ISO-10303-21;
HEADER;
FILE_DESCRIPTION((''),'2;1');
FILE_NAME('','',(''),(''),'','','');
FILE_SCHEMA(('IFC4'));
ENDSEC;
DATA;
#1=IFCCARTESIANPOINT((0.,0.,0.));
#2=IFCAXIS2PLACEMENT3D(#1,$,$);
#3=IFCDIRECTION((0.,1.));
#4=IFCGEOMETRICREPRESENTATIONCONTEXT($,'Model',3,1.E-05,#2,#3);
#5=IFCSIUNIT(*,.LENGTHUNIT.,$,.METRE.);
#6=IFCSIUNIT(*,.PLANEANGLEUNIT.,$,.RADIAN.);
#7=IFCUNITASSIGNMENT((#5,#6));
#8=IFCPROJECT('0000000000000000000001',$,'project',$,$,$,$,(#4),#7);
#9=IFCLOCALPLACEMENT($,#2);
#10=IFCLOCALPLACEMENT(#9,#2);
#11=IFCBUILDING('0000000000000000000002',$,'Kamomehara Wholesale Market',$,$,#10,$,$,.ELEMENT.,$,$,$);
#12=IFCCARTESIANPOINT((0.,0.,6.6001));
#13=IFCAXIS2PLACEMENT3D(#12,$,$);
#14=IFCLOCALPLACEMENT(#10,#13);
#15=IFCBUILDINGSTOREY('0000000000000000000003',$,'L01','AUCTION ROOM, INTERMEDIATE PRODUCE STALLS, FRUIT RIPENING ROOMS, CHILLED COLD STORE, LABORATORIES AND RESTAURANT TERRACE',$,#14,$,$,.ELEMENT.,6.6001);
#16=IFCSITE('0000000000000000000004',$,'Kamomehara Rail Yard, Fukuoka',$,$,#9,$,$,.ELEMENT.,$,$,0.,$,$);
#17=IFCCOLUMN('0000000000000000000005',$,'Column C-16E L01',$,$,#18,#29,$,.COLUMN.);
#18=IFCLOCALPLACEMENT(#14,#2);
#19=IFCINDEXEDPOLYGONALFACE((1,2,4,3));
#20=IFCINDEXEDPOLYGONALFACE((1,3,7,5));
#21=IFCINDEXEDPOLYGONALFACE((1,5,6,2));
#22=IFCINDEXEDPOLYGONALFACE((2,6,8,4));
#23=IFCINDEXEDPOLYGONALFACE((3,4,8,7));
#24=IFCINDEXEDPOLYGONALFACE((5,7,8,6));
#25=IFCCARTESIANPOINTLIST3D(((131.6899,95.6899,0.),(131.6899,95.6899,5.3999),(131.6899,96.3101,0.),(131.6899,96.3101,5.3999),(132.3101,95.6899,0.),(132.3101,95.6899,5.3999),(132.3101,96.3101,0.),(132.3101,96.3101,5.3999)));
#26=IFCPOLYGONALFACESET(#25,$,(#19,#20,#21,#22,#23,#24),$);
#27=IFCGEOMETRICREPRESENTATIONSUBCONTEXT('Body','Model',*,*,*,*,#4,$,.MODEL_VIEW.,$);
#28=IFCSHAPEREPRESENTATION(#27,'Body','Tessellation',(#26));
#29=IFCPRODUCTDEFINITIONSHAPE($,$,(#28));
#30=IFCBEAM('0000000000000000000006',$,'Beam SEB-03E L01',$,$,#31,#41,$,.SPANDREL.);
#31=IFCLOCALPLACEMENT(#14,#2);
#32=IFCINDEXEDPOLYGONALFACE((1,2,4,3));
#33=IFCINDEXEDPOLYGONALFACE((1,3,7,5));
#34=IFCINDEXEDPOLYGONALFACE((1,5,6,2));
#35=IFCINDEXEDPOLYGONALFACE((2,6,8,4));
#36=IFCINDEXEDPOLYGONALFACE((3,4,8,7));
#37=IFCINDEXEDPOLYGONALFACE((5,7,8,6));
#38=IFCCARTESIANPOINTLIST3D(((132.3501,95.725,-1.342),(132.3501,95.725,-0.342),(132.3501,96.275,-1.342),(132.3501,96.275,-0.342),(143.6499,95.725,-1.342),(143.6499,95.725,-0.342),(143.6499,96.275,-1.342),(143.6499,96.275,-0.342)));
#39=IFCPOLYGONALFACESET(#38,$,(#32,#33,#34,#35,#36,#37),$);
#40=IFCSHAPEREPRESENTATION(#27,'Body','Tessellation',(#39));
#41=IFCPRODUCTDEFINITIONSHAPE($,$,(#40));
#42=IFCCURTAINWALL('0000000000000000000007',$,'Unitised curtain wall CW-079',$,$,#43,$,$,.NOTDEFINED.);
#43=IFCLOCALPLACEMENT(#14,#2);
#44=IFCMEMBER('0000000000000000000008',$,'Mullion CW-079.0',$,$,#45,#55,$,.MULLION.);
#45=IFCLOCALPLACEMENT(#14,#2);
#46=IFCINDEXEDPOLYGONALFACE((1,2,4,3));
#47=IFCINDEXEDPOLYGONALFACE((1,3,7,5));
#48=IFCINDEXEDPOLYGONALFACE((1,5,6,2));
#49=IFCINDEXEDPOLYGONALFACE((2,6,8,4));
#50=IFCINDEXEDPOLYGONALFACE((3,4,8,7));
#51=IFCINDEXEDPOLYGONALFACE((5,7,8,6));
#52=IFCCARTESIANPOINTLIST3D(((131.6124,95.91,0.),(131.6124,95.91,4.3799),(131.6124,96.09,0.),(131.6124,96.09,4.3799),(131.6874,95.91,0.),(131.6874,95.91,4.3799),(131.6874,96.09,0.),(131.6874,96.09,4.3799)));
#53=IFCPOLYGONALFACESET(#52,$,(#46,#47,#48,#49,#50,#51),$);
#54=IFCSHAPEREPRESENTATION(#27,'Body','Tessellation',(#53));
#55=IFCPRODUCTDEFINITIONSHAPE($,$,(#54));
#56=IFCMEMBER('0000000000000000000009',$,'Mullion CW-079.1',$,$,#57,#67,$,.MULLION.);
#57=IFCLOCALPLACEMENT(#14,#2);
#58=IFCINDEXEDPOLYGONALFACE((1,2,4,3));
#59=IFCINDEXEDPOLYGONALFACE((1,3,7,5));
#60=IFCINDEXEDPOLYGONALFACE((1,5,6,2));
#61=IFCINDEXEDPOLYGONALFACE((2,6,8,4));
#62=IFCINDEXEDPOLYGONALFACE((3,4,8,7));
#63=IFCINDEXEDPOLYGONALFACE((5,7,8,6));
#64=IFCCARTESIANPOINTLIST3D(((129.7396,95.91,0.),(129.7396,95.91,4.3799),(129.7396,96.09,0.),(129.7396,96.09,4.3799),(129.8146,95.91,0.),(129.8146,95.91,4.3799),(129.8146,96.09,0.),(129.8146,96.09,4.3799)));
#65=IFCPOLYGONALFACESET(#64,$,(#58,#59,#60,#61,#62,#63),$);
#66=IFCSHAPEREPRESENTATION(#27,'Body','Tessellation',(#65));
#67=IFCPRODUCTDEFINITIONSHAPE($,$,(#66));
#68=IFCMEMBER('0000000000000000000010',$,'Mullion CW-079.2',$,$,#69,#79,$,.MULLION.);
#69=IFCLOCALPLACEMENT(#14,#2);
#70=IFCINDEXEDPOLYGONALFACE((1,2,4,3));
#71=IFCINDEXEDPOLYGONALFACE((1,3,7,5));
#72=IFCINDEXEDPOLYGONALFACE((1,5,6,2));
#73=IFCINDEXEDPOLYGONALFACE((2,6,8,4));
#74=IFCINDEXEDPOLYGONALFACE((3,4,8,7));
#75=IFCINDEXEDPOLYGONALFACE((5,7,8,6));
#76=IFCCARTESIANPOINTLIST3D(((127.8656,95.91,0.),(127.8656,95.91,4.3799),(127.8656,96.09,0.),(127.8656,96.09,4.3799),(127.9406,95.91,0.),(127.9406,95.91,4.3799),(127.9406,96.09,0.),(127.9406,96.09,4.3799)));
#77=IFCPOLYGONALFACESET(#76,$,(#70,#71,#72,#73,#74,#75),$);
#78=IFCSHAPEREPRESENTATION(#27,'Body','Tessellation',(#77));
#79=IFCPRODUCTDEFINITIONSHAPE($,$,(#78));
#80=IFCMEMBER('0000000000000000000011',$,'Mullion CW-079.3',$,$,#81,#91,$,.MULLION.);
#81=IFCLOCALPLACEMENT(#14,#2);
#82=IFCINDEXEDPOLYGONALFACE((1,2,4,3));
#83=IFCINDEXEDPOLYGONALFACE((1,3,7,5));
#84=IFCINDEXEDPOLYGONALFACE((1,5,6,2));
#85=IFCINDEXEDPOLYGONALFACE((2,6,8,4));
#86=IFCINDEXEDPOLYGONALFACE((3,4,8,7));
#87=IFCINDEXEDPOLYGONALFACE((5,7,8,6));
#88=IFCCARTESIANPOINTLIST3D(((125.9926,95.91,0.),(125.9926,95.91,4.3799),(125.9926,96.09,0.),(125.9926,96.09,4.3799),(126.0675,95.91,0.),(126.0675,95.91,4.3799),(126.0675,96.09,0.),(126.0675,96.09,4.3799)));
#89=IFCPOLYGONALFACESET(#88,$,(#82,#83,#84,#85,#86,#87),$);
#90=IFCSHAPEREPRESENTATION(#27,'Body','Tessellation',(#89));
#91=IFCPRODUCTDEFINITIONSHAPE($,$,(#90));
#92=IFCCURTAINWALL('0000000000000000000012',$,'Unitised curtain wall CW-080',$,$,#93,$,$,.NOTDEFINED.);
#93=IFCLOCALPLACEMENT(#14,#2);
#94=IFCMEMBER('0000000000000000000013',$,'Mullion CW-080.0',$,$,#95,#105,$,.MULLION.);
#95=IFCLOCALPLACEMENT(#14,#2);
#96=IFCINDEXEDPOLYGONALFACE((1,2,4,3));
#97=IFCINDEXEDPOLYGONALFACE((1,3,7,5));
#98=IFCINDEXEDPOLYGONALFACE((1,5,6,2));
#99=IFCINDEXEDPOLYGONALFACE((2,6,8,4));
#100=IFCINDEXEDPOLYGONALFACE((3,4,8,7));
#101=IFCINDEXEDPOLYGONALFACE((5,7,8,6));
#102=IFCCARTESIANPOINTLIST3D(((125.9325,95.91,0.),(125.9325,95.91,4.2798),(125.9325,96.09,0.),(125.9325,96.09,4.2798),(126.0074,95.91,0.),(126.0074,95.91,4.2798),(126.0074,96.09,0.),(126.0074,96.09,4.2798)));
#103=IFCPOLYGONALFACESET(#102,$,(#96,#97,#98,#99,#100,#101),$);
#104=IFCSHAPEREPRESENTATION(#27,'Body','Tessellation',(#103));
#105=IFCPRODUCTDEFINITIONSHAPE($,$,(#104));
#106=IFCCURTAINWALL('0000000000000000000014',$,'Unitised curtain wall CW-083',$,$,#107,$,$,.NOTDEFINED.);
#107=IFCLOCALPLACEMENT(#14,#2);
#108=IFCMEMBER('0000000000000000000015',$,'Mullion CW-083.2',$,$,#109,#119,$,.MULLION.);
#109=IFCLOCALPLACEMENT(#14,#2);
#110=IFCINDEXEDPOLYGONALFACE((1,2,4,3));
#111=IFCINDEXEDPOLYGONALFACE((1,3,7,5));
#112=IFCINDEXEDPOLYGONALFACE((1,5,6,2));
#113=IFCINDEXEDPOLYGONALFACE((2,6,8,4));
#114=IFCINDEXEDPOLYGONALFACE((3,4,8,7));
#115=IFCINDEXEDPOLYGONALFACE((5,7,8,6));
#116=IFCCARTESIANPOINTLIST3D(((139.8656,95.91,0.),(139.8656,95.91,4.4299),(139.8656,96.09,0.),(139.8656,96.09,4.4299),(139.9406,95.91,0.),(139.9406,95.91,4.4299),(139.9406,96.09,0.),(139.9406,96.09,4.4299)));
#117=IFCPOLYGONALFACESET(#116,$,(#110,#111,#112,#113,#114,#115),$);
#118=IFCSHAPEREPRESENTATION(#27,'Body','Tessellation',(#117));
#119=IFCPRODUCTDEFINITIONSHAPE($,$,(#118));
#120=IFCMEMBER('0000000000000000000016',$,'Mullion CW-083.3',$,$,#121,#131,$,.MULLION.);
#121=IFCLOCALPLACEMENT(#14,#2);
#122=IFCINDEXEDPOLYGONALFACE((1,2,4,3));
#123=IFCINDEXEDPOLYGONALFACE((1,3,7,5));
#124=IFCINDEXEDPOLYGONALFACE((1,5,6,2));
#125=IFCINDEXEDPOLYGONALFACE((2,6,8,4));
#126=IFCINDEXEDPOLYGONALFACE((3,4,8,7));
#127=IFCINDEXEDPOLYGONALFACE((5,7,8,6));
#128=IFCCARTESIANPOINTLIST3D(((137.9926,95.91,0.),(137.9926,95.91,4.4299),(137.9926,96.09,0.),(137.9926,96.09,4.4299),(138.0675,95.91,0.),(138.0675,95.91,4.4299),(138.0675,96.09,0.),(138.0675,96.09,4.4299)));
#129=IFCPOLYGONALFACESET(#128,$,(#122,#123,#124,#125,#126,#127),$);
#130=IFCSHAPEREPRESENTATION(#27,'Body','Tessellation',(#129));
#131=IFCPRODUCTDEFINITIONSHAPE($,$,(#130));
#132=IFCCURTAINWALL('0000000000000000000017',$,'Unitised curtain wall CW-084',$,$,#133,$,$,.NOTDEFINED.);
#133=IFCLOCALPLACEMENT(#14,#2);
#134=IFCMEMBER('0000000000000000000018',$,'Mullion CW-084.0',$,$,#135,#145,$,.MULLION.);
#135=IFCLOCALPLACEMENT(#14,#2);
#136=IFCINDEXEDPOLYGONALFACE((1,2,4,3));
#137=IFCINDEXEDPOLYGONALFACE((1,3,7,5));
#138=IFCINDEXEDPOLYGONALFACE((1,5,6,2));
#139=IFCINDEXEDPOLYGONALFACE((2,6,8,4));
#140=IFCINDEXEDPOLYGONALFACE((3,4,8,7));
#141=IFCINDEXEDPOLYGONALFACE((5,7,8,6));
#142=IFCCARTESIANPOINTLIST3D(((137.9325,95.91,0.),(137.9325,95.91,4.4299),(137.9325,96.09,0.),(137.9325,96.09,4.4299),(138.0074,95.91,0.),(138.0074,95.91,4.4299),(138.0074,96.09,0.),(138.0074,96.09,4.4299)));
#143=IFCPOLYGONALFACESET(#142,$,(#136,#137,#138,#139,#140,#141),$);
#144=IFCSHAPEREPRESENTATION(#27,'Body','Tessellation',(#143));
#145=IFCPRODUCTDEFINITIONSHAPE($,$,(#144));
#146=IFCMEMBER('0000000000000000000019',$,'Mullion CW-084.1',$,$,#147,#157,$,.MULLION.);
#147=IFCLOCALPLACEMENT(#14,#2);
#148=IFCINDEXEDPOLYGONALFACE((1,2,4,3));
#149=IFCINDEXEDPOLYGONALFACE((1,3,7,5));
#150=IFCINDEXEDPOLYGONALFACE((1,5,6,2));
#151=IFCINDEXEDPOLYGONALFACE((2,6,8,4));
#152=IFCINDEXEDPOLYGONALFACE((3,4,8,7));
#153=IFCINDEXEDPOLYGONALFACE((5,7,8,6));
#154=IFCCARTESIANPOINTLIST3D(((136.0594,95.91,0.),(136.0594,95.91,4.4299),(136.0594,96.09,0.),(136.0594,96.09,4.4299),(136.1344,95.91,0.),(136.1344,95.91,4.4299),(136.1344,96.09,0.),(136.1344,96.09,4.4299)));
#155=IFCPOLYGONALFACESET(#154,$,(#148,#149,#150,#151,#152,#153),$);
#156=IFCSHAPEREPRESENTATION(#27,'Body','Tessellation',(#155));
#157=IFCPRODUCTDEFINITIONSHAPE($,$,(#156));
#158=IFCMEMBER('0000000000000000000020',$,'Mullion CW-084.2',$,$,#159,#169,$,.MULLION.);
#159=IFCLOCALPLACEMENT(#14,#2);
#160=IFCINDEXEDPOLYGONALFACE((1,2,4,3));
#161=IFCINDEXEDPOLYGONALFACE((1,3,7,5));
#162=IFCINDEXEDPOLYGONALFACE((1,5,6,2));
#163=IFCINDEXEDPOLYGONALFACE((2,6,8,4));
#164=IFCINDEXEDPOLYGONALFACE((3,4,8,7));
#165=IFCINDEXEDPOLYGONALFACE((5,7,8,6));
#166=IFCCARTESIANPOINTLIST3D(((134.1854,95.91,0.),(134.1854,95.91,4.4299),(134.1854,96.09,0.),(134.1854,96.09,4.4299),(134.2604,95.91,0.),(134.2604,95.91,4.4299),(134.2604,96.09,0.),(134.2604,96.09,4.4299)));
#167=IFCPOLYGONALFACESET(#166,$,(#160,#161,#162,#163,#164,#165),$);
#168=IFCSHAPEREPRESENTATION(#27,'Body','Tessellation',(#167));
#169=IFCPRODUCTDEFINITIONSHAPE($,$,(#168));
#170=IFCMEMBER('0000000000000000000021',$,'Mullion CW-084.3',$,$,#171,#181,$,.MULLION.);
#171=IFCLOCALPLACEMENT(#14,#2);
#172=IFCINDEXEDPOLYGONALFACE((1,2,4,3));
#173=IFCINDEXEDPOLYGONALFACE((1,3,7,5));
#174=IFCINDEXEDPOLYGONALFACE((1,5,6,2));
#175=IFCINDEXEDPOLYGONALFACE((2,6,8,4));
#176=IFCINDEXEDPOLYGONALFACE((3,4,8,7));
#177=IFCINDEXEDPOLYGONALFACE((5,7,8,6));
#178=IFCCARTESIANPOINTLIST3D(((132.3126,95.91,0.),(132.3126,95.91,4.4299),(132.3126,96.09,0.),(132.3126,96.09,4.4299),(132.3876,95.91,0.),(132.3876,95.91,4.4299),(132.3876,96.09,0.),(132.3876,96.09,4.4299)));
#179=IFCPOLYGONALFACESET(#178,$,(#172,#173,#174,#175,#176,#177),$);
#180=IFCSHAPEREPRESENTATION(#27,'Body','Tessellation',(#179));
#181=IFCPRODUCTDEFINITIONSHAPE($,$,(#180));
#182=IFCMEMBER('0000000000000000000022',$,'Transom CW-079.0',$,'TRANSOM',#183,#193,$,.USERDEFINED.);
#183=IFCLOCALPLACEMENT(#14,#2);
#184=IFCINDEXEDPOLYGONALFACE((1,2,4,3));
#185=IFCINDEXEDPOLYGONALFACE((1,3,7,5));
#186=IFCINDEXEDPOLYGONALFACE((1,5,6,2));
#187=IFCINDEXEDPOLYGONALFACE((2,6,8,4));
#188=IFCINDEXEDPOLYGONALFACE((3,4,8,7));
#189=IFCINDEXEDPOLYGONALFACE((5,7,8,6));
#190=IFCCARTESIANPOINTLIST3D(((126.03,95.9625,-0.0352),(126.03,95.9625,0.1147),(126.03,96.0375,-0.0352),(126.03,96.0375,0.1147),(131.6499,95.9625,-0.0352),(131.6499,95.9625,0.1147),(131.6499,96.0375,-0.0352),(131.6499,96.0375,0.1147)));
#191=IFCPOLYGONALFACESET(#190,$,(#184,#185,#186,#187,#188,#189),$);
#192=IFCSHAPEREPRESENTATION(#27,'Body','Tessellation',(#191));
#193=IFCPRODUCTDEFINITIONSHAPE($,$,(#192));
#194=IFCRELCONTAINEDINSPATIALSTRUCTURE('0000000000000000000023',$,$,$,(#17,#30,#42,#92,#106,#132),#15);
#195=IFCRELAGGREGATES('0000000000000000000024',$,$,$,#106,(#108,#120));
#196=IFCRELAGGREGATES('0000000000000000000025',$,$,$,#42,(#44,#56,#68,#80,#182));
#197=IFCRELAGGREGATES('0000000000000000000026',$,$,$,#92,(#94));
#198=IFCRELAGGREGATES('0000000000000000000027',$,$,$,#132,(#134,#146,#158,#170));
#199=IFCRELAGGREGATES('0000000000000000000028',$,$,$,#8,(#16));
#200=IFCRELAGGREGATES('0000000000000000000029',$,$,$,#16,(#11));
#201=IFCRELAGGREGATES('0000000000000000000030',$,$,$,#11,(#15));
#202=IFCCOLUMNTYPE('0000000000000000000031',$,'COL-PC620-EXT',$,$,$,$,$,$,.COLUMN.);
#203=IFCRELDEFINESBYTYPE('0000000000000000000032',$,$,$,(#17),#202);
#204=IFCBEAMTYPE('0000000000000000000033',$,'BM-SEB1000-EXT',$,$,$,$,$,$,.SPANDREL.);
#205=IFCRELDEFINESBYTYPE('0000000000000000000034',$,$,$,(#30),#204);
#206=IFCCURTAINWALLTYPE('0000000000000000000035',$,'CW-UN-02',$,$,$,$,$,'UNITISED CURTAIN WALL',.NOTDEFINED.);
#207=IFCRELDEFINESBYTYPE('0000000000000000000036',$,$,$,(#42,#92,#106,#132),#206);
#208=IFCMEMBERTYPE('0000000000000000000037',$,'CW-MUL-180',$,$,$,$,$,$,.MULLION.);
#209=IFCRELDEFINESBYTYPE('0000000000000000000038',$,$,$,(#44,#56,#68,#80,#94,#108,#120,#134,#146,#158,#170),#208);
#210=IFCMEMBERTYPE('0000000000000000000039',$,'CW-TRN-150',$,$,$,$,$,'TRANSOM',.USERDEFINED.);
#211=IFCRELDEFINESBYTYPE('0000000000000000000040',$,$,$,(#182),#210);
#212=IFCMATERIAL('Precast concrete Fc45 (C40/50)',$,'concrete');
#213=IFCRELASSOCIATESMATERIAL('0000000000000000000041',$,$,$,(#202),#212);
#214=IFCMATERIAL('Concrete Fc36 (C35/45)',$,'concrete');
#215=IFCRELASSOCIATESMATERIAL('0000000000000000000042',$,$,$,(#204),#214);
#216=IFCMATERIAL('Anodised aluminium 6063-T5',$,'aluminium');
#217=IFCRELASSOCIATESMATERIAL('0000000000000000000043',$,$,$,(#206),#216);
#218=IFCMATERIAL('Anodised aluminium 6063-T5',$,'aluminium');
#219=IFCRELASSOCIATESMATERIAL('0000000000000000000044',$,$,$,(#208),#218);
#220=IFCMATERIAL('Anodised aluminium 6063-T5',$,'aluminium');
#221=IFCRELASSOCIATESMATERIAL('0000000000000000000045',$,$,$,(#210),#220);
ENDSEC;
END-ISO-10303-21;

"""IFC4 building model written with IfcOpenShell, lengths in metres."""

from ifc_helpers import new_model, si_unit, direction, frame, origin, origin_2d, place, context, subcontext, project, spatial, rectangle, extrude, material, material_profile, profile_set, type_object, element, aggregate, save


model = new_model("IFC4")

# Units and contexts
model_context = context("Model", 3, precision=1e-05, world=origin(), true_north=direction((0.0, 1.0)))
body_context = subcontext(model_context, "Body", "Model", "MODEL_VIEW")
ifc_project = project(units=[si_unit("LENGTHUNIT", "METRE"), si_unit("PLANEANGLEUNIT", "RADIAN")], contexts=[model_context])

# Site, building, storey
site_placement = place(None, origin())
site = spatial("IfcSite", under=ifc_project, at=site_placement, Name="Kamomehara Rail Yard, Fukuoka", CompositionType="ELEMENT", RefElevation=0.0)
building_placement = place(site_placement, origin())
building = spatial("IfcBuilding", under=site, at=building_placement, Name="Kamomehara Wholesale Market", CompositionType="ELEMENT")
storey_placement = place(building_placement, frame((0.0, 0.0, 6.6001)))
storey = spatial("IfcBuildingStorey", under=building, at=storey_placement, Name="L01", Description="AUCTION ROOM, INTERMEDIATE PRODUCE STALLS, FRUIT RIPENING ROOMS, CHILLED COLD STORE, LABORATORIES AND RESTAURANT TERRACE", CompositionType="ELEMENT", Elevation=6.6001)

# Column
ifc_material_1 = material(Name="Precast concrete Fc45 (C40/50)", Category="concrete")
ifc_material_profile_1 = material_profile(ifc_material_1, rectangle(XDim=0.6201, YDim=0.6201, at=origin_2d()), Name="PC-COL-620x620")
ifc_profile_set_1 = profile_set([ifc_material_profile_1], Name="Precast concrete Fc45 (C40/50)")
column_type = type_object("IfcColumnType", Name="COL-PC620-EXT", PredefinedType="COLUMN", material=ifc_profile_set_1)
column_placement = place(storey_placement, frame((132.0, 96.0, 0.0), z_axis=(0.0, 0.0, 1.0), x_axis=(1.0, 0.0, 0.0)))
element("IfcColumn", 1, at=column_placement, inside=storey, type_object=column_type, Name="Column C-16E L01", PredefinedType="COLUMN", context=body_context, shape_type="SweptSolid", body=[
    extrude(rectangle(XDim=0.6201, YDim=0.6201, at=origin_2d()), origin(), (0.0, 0.0, 1.0), 5.3999),
])

# Beam
ifc_material_2 = material(Name="Concrete Fc36 (C35/45)", Category="concrete")
ifc_material_profile_2 = material_profile(ifc_material_2, rectangle(XDim=0.55, YDim=1.0, at=origin_2d()), Name="RC-SEB-550x1000")
ifc_profile_set_2 = profile_set([ifc_material_profile_2], Name="Concrete Fc36 (C35/45)")
beam_type = type_object("IfcBeamType", Name="BM-SEB1000-EXT", PredefinedType="SPANDREL", material=ifc_profile_set_2)
beam_placement = place(storey_placement, frame((132.3501, 96.0, -0.842), z_axis=(1.0, 0.0, 0.0), x_axis=(0.0, 1.0, 0.0)))
element("IfcBeam", 2, at=beam_placement, inside=storey, type_object=beam_type, Name="Beam SEB-03E L01", PredefinedType="SPANDREL", context=body_context, shape_type="SweptSolid", body=[
    extrude(rectangle(XDim=0.55, YDim=1.0, at=origin_2d()), origin(), (0.0, 0.0, 1.0), 11.2998),
])

# Curtain wall, members
ifc_material_3 = material(Name="Anodised aluminium 6063-T5", Category="aluminium")
curtain_wall_type = type_object("IfcCurtainWallType", Name="CW-UN-02", ElementType="UNITISED CURTAIN WALL", PredefinedType="NOTDEFINED", material=ifc_material_3)
curtain_wall_1_placement = place(storey_placement, origin())
curtain_wall_1 = element("IfcCurtainWall", 3, at=curtain_wall_1_placement, inside=storey, type_object=curtain_wall_type, Name="Unitised curtain wall CW-079", PredefinedType="NOTDEFINED")
ifc_material_4 = material(Name="Anodised aluminium 6063-T5", Category="aluminium")
ifc_material_profile_3 = material_profile(ifc_material_4, rectangle(XDim=0.075, YDim=0.1799, at=origin_2d()), Name="ALU-MUL-75x180")
ifc_profile_set_3 = profile_set([ifc_material_profile_3], Name="Anodised aluminium 6063-T5")
member_type_1 = type_object("IfcMemberType", Name="CW-MUL-180", PredefinedType="MULLION", material=ifc_profile_set_3)
member_1_placement = place(storey_placement, frame((131.6499, 96.0, 0.0), z_axis=(0.0, 0.0, 1.0), x_axis=(-1.0, 0.0, 0.0)))
member_1 = element("IfcMember", 4, at=member_1_placement, type_object=member_type_1, Name="Mullion CW-079.0", PredefinedType="MULLION", context=body_context, shape_type="SweptSolid", body=[
    extrude(rectangle(XDim=0.075, YDim=0.1799, at=origin_2d()), origin(), (0.0, 0.0, 1.0), 4.3799),
])
member_2_placement = place(storey_placement, frame((129.7771, 96.0, 0.0), z_axis=(0.0, 0.0, 1.0), x_axis=(-1.0, 0.0, 0.0)))
member_2 = element("IfcMember", 5, at=member_2_placement, type_object=member_type_1, Name="Mullion CW-079.1", PredefinedType="MULLION", context=body_context, shape_type="SweptSolid", body=[
    extrude(rectangle(XDim=0.075, YDim=0.1799, at=origin_2d()), origin(), (0.0, 0.0, 1.0), 4.3799),
])
member_3_placement = place(storey_placement, frame((127.9031, 96.0, 0.0), z_axis=(0.0, 0.0, 1.0), x_axis=(-1.0, 0.0, 0.0)))
member_3 = element("IfcMember", 6, at=member_3_placement, type_object=member_type_1, Name="Mullion CW-079.2", PredefinedType="MULLION", context=body_context, shape_type="SweptSolid", body=[
    extrude(rectangle(XDim=0.075, YDim=0.1799, at=origin_2d()), origin(), (0.0, 0.0, 1.0), 4.3799),
])
member_4_placement = place(storey_placement, frame((126.03, 96.0, 0.0), z_axis=(0.0, 0.0, 1.0), x_axis=(-1.0, 0.0, 0.0)))
member_4 = element("IfcMember", 7, at=member_4_placement, type_object=member_type_1, Name="Mullion CW-079.3", PredefinedType="MULLION", context=body_context, shape_type="SweptSolid", body=[
    extrude(rectangle(XDim=0.075, YDim=0.1799, at=origin_2d()), origin(), (0.0, 0.0, 1.0), 4.3799),
])

# Curtain wall, member
curtain_wall_2_placement = place(storey_placement, origin())
curtain_wall_2 = element("IfcCurtainWall", 8, at=curtain_wall_2_placement, inside=storey, type_object=curtain_wall_type, Name="Unitised curtain wall CW-080", PredefinedType="NOTDEFINED")
member_5_placement = place(storey_placement, frame((125.97, 96.0, 0.0), z_axis=(0.0, 0.0, 1.0), x_axis=(-1.0, 0.0, 0.0)))
member_5 = element("IfcMember", 9, at=member_5_placement, type_object=member_type_1, Name="Mullion CW-080.0", PredefinedType="MULLION", context=body_context, shape_type="SweptSolid", body=[
    extrude(rectangle(XDim=0.075, YDim=0.1799, at=origin_2d()), origin(), (0.0, 0.0, 1.0), 4.2798),
])

# Curtain walls, members
curtain_wall_3_placement = place(storey_placement, origin())
curtain_wall_3 = element("IfcCurtainWall", 10, at=curtain_wall_3_placement, inside=storey, type_object=curtain_wall_type, Name="Unitised curtain wall CW-083", PredefinedType="NOTDEFINED")
member_6_placement = place(storey_placement, frame((139.9031, 96.0, 0.0), z_axis=(0.0, 0.0, 1.0), x_axis=(-1.0, 0.0, 0.0)))
member_6 = element("IfcMember", 11, at=member_6_placement, type_object=member_type_1, Name="Mullion CW-083.2", PredefinedType="MULLION", context=body_context, shape_type="SweptSolid", body=[
    extrude(rectangle(XDim=0.075, YDim=0.1799, at=origin_2d()), origin(), (0.0, 0.0, 1.0), 4.4299),
])
member_7_placement = place(storey_placement, frame((138.03, 96.0, 0.0), z_axis=(0.0, 0.0, 1.0), x_axis=(-1.0, 0.0, 0.0)))
member_7 = element("IfcMember", 12, at=member_7_placement, type_object=member_type_1, Name="Mullion CW-083.3", PredefinedType="MULLION", context=body_context, shape_type="SweptSolid", body=[
    extrude(rectangle(XDim=0.075, YDim=0.1799, at=origin_2d()), origin(), (0.0, 0.0, 1.0), 4.4299),
])
aggregate(curtain_wall_3, [member_6, member_7])
curtain_wall_4_placement = place(storey_placement, origin())
curtain_wall_4 = element("IfcCurtainWall", 13, at=curtain_wall_4_placement, inside=storey, type_object=curtain_wall_type, Name="Unitised curtain wall CW-084", PredefinedType="NOTDEFINED")
member_8_placement = place(storey_placement, frame((137.97, 96.0, 0.0), z_axis=(0.0, 0.0, 1.0), x_axis=(-1.0, 0.0, 0.0)))
member_8 = element("IfcMember", 14, at=member_8_placement, type_object=member_type_1, Name="Mullion CW-084.0", PredefinedType="MULLION", context=body_context, shape_type="SweptSolid", body=[
    extrude(rectangle(XDim=0.075, YDim=0.1799, at=origin_2d()), origin(), (0.0, 0.0, 1.0), 4.4299),
])
member_9_placement = place(storey_placement, frame((136.0969, 96.0, 0.0), z_axis=(0.0, 0.0, 1.0), x_axis=(-1.0, 0.0, 0.0)))
member_9 = element("IfcMember", 15, at=member_9_placement, type_object=member_type_1, Name="Mullion CW-084.1", PredefinedType="MULLION", context=body_context, shape_type="SweptSolid", body=[
    extrude(rectangle(XDim=0.075, YDim=0.1799, at=origin_2d()), origin(), (0.0, 0.0, 1.0), 4.4299),
])
member_10_placement = place(storey_placement, frame((134.2229, 96.0, 0.0), z_axis=(0.0, 0.0, 1.0), x_axis=(-1.0, 0.0, 0.0)))
member_10 = element("IfcMember", 16, at=member_10_placement, type_object=member_type_1, Name="Mullion CW-084.2", PredefinedType="MULLION", context=body_context, shape_type="SweptSolid", body=[
    extrude(rectangle(XDim=0.075, YDim=0.1799, at=origin_2d()), origin(), (0.0, 0.0, 1.0), 4.4299),
])
member_11_placement = place(storey_placement, frame((132.3501, 96.0, 0.0), z_axis=(0.0, 0.0, 1.0), x_axis=(-1.0, 0.0, 0.0)))
member_11 = element("IfcMember", 17, at=member_11_placement, type_object=member_type_1, Name="Mullion CW-084.3", PredefinedType="MULLION", context=body_context, shape_type="SweptSolid", body=[
    extrude(rectangle(XDim=0.075, YDim=0.1799, at=origin_2d()), origin(), (0.0, 0.0, 1.0), 4.4299),
])

# Member
ifc_material_5 = material(Name="Anodised aluminium 6063-T5", Category="aluminium")
ifc_material_profile_4 = material_profile(ifc_material_5, rectangle(XDim=0.075, YDim=0.1499, at=origin_2d()), Name="ALU-TRN-75x150")
ifc_profile_set_4 = profile_set([ifc_material_profile_4], Name="Anodised aluminium 6063-T5")
member_type_2 = type_object("IfcMemberType", Name="CW-TRN-150", ElementType="TRANSOM", PredefinedType="USERDEFINED", material=ifc_profile_set_4)
member_12_placement = place(storey_placement, frame((131.6499, 96.0, 0.0398), z_axis=(-1.0, 0.0, 0.0), x_axis=(0.0, -1.0, 0.0)))
member_12 = element("IfcMember", 18, at=member_12_placement, type_object=member_type_2, Name="Transom CW-079.0", ObjectType="TRANSOM", PredefinedType="USERDEFINED", context=body_context, shape_type="SweptSolid", body=[
    extrude(rectangle(XDim=0.075, YDim=0.1499, at=origin_2d()), origin(), (0.0, 0.0, 1.0), 5.6199),
])
aggregate(curtain_wall_1, [member_1, member_2, member_3, member_4, member_12])
aggregate(curtain_wall_2, [member_5])
aggregate(curtain_wall_4, [member_8, member_9, member_10, member_11])

save(model, "model.ifc")
